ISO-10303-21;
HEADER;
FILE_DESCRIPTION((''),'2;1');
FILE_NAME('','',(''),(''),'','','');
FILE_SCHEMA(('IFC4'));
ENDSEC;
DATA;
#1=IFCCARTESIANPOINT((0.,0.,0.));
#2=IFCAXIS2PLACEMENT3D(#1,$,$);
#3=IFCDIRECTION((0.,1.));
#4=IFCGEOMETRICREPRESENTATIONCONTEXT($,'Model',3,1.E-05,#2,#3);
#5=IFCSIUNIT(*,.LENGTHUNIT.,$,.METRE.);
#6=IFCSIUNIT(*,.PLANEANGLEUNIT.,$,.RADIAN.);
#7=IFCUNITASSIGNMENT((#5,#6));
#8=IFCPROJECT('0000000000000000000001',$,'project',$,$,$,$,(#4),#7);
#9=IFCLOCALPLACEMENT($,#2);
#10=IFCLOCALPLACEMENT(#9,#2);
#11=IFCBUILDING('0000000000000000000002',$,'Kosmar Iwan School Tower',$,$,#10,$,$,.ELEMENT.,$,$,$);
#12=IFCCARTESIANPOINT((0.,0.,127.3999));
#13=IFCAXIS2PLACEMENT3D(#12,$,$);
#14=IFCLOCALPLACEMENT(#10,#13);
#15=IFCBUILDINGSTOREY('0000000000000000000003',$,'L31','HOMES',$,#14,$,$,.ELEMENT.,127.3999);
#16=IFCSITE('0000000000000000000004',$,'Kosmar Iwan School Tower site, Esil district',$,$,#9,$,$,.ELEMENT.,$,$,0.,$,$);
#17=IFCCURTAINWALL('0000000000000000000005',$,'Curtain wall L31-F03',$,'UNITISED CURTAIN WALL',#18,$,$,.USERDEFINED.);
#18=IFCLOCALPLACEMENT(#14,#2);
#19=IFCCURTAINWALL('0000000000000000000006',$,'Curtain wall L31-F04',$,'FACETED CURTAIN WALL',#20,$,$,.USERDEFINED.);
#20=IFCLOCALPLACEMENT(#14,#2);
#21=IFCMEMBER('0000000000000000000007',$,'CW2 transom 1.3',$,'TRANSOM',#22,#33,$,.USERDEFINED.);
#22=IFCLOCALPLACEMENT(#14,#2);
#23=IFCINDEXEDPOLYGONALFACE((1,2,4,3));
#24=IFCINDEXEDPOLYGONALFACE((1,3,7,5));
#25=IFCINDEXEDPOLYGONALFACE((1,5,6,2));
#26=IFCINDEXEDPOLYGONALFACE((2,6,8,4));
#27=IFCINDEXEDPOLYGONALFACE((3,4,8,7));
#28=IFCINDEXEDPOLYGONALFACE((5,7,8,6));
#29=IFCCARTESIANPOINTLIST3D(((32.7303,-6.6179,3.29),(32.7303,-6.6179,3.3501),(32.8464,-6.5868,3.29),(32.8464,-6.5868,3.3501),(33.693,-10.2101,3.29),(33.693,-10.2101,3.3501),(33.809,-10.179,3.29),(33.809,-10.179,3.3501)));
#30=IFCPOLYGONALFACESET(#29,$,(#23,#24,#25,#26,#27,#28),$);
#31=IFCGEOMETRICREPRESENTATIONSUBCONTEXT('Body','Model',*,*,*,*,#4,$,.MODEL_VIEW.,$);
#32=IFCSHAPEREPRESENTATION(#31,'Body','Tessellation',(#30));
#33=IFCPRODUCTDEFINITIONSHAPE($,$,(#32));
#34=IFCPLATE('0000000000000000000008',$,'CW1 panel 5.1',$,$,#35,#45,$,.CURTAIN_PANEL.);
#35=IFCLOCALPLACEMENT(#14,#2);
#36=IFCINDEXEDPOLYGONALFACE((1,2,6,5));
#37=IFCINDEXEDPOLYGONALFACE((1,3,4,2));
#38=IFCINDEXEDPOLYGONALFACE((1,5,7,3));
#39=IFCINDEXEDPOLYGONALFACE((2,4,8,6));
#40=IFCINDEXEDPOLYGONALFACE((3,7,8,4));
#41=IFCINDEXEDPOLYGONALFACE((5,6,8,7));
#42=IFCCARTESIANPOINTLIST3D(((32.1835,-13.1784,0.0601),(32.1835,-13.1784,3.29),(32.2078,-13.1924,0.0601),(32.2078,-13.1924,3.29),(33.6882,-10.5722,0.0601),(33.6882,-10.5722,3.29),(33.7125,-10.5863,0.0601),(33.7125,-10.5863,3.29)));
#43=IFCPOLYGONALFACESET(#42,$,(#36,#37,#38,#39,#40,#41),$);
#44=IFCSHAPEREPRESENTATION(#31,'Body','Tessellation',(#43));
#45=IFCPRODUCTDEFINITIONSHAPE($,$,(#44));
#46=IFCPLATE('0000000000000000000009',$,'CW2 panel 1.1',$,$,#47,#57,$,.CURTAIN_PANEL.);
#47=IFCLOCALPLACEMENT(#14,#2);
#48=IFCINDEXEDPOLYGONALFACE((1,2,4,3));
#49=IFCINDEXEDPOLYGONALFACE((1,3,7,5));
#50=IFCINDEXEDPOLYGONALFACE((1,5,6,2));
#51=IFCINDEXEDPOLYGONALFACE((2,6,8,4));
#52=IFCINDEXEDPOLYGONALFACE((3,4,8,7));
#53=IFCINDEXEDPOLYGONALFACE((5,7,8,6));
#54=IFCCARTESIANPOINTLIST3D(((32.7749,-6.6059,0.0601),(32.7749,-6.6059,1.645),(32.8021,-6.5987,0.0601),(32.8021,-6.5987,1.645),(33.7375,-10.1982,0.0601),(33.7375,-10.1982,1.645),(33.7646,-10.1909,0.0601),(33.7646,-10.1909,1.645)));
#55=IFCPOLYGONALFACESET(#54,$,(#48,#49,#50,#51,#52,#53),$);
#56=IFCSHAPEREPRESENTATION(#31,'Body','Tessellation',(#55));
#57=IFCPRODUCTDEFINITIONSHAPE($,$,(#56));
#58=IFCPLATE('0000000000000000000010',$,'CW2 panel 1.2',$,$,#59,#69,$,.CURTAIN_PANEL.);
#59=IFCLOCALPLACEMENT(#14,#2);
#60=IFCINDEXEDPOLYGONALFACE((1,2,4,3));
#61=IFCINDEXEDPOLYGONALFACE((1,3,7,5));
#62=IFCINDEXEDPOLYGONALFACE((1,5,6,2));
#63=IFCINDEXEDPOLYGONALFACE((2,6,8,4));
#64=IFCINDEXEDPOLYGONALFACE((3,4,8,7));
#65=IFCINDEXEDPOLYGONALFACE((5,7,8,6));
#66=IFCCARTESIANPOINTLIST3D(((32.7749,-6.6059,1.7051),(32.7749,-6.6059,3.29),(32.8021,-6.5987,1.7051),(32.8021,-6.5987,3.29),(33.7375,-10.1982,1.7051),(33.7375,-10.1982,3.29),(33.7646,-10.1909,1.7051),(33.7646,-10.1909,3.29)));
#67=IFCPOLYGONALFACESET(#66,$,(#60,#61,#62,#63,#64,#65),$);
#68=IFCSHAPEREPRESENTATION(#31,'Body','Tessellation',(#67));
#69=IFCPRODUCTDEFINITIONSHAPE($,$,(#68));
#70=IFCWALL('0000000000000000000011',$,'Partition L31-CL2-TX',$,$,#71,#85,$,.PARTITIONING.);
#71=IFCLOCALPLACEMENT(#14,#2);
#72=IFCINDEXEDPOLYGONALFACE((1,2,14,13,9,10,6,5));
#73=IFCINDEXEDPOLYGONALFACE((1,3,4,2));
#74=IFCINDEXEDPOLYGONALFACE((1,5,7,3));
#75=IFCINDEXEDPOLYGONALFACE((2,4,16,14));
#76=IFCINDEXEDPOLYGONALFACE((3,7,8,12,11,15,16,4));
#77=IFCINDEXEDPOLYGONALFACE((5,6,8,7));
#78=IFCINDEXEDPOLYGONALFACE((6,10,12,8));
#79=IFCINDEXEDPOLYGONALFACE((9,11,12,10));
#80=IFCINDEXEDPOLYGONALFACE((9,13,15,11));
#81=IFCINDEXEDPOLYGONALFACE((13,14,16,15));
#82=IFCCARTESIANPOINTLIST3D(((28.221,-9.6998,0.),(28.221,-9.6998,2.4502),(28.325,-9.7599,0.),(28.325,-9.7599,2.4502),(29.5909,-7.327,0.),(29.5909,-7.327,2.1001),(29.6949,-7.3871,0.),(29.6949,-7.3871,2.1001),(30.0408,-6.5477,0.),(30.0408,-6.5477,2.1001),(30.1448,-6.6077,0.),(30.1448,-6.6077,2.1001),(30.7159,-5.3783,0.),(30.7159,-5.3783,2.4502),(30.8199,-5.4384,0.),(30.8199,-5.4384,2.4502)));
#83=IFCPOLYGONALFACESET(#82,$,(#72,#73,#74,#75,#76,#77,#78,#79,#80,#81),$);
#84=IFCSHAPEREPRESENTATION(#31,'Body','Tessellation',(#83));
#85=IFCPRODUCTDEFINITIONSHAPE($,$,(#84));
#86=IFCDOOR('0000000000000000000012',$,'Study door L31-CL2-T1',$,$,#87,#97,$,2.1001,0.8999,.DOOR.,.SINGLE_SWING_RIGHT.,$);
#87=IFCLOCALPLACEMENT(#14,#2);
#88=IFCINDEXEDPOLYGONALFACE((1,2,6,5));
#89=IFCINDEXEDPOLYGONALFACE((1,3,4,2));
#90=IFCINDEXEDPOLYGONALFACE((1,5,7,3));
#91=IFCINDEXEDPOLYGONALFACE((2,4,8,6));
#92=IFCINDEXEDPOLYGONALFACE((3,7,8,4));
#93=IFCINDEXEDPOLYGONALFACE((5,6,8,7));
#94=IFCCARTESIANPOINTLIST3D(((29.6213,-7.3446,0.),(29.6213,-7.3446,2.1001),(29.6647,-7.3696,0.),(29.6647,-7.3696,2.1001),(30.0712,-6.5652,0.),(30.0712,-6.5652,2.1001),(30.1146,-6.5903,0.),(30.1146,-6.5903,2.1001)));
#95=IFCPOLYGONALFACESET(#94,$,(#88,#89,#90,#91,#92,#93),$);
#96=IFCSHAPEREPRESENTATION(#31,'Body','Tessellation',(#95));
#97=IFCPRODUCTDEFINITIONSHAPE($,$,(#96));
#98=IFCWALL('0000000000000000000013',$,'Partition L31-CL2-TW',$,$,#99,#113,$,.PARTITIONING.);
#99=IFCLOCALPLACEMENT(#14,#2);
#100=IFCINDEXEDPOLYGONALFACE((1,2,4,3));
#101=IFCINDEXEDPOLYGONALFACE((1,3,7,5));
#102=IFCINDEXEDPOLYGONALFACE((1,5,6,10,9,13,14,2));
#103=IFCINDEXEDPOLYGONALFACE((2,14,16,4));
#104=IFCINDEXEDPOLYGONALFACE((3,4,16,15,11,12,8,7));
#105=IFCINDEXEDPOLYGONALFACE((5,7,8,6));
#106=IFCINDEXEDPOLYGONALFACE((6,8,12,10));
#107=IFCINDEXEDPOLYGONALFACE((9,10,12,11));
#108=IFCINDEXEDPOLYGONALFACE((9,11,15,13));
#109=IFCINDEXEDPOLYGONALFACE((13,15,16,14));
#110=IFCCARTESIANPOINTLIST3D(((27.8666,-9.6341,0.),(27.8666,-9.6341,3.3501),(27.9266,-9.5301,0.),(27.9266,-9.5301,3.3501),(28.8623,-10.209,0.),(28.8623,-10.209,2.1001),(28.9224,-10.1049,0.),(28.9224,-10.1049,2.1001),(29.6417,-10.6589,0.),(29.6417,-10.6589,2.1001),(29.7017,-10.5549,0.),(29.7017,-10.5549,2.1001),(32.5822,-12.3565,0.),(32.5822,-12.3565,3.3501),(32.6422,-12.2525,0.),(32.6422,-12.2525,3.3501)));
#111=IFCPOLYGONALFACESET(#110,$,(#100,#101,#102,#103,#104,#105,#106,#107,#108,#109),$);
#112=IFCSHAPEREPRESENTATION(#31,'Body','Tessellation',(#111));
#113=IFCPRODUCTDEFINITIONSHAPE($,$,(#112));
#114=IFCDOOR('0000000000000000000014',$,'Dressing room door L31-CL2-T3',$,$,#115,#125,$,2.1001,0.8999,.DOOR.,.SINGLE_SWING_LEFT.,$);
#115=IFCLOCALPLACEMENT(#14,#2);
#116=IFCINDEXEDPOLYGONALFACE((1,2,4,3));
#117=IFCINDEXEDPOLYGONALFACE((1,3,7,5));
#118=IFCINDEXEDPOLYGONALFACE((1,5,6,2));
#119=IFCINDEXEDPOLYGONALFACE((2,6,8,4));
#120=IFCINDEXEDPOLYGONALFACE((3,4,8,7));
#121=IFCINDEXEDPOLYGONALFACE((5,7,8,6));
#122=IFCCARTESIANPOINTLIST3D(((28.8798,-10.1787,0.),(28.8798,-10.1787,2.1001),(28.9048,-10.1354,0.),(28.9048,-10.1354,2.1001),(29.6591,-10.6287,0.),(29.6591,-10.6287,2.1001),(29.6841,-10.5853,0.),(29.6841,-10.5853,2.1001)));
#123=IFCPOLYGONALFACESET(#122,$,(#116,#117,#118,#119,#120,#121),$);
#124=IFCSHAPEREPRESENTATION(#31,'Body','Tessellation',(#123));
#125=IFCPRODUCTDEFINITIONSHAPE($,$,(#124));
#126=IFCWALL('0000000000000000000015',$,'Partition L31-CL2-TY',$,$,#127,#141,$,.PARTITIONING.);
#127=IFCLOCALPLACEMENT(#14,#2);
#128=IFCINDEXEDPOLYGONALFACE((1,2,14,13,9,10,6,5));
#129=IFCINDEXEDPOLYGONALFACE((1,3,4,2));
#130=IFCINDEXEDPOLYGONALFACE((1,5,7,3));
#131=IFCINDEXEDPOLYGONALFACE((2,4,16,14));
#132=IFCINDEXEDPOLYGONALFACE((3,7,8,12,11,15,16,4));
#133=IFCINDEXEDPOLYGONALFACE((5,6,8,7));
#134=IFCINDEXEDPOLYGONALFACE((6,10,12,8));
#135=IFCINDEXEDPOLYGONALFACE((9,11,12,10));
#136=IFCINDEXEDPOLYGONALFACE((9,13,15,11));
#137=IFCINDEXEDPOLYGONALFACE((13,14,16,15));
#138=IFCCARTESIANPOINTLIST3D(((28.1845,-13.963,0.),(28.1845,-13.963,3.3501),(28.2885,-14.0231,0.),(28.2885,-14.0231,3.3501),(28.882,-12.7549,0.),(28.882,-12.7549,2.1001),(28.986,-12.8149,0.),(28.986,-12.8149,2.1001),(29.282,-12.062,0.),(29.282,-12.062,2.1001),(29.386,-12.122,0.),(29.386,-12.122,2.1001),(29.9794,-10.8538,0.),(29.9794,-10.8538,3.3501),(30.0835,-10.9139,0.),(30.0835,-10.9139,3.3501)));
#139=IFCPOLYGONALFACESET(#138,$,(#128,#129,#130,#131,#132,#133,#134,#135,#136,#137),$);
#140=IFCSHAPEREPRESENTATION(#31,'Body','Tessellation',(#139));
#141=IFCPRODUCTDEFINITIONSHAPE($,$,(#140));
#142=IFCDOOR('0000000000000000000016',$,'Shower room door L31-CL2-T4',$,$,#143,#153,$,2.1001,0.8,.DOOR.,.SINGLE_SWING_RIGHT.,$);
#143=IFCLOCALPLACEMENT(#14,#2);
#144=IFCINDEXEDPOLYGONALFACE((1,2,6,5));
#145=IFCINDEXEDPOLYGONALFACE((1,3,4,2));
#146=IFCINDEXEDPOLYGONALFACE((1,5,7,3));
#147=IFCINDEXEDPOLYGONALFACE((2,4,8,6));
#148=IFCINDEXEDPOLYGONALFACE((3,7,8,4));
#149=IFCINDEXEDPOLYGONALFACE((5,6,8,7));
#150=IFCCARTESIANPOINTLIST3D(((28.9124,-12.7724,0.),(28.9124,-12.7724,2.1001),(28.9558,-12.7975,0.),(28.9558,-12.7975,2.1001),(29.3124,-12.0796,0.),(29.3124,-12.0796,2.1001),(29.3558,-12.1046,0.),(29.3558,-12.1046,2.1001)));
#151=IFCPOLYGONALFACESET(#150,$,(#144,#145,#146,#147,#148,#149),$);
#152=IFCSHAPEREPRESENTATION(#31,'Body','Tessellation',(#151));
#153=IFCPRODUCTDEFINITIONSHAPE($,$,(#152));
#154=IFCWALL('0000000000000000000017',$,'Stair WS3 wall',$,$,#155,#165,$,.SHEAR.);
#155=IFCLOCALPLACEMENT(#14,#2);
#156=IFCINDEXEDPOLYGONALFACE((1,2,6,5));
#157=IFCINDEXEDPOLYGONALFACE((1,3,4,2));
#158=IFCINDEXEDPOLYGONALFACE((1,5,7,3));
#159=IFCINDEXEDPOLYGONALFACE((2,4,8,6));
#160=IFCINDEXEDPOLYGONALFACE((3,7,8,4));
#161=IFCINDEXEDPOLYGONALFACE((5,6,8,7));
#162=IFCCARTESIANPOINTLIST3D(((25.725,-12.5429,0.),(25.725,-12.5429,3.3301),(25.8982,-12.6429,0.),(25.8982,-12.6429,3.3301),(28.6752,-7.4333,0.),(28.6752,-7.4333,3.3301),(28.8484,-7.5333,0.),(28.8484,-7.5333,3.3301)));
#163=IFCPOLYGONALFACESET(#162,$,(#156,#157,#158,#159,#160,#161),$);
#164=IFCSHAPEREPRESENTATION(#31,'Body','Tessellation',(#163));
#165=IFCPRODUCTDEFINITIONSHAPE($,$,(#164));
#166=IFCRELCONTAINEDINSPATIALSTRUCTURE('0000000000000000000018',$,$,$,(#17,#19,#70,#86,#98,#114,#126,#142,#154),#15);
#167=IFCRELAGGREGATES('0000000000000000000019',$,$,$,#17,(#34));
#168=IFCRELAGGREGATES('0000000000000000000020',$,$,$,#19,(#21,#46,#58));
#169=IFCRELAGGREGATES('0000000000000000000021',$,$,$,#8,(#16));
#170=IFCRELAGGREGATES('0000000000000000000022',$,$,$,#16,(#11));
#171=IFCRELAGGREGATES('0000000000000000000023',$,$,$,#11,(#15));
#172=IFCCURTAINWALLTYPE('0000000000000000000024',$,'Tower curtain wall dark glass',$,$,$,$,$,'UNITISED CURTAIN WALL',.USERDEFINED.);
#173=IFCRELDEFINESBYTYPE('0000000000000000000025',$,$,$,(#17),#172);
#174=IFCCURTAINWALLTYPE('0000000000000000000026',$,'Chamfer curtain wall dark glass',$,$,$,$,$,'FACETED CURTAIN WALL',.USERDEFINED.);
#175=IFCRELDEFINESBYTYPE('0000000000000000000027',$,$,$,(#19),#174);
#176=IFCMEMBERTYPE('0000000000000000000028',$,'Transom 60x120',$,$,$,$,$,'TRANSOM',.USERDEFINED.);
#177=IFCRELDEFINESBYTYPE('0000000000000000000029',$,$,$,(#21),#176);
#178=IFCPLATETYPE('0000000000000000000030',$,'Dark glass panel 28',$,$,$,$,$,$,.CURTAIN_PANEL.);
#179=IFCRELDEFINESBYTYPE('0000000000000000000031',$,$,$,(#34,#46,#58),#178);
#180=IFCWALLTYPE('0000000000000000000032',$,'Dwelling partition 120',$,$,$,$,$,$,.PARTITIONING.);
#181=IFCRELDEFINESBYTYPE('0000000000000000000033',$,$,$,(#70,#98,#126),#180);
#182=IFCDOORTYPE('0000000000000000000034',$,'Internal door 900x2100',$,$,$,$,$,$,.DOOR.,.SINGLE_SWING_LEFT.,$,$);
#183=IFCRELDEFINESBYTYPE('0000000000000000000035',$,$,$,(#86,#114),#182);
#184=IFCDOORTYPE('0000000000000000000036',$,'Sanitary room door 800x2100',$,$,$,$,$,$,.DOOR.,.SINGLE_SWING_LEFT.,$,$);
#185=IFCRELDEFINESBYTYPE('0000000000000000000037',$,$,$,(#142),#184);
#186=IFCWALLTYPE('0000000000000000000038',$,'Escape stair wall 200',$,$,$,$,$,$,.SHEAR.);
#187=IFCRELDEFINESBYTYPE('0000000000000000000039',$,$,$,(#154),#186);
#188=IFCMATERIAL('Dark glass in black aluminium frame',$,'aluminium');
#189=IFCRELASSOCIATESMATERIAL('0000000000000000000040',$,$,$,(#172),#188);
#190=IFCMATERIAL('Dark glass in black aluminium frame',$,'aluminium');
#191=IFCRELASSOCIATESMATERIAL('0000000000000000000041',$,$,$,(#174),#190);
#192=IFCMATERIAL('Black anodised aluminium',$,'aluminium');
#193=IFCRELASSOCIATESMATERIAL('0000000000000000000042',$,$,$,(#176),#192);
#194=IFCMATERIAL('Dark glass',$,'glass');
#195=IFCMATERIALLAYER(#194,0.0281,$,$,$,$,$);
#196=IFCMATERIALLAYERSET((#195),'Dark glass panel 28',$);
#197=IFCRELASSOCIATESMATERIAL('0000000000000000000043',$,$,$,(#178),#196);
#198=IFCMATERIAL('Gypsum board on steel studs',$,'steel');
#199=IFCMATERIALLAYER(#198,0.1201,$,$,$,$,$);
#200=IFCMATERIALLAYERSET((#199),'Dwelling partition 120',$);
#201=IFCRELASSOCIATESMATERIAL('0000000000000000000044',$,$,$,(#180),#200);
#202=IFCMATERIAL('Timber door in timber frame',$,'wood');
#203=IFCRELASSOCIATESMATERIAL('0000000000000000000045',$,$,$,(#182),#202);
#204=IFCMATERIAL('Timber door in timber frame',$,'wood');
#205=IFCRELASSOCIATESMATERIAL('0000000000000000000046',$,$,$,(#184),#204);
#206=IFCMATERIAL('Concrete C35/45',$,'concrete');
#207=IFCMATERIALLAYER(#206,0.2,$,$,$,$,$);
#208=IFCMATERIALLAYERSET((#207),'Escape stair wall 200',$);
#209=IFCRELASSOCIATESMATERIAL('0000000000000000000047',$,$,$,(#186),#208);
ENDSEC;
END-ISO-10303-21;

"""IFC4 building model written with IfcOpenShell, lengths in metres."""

from ifc_helpers import new_model, si_unit, direction, frame, frame_2d, origin, origin_2d, place, context, subcontext, project, spatial, rectangle, extrude, material, layer, layer_set, material_profile, profile_set, type_object, element, fill, aggregate, save


model = new_model("IFC4")

# Units and contexts
model_context = context("Model", 3, precision=1e-05, world=origin(), true_north=direction((0.0, 1.0)))
body_context = subcontext(model_context, "Body", "Model", "MODEL_VIEW")
ifc_project = project(units=[si_unit("LENGTHUNIT", "METRE"), si_unit("PLANEANGLEUNIT", "RADIAN")], contexts=[model_context])

# Site, building, storey
site_placement = place(None, origin())
site = spatial("IfcSite", under=ifc_project, at=site_placement, Name="Kosmar Iwan School Tower site, Esil district", CompositionType="ELEMENT", RefElevation=0.0)
building_placement = place(site_placement, origin())
building = spatial("IfcBuilding", under=site, at=building_placement, Name="Kosmar Iwan School Tower", CompositionType="ELEMENT")
storey_placement = place(building_placement, frame((0.0, 0.0, 127.3999)))
storey = spatial("IfcBuildingStorey", under=building, at=storey_placement, Name="L31", Description="HOMES", CompositionType="ELEMENT", Elevation=127.3999)

# Curtain walls
ifc_material_1 = material(Name="Dark glass in black aluminium frame", Category="aluminium")
curtain_wall_type_1 = type_object("IfcCurtainWallType", Name="Tower curtain wall dark glass", ElementType="UNITISED CURTAIN WALL", PredefinedType="USERDEFINED", material=ifc_material_1)
curtain_wall_1_placement = place(storey_placement, origin())
curtain_wall_1 = element("IfcCurtainWall", 1, at=curtain_wall_1_placement, inside=storey, type_object=curtain_wall_type_1, Name="Curtain wall L31-F03", ObjectType="UNITISED CURTAIN WALL", PredefinedType="USERDEFINED")
ifc_material_2 = material(Name="Dark glass in black aluminium frame", Category="aluminium")
curtain_wall_type_2 = type_object("IfcCurtainWallType", Name="Chamfer curtain wall dark glass", ElementType="FACETED CURTAIN WALL", PredefinedType="USERDEFINED", material=ifc_material_2)
curtain_wall_2_placement = place(storey_placement, origin())
curtain_wall_2 = element("IfcCurtainWall", 2, at=curtain_wall_2_placement, inside=storey, type_object=curtain_wall_type_2, Name="Curtain wall L31-F04", ObjectType="FACETED CURTAIN WALL", PredefinedType="USERDEFINED")

# Member
ifc_material_3 = material(Name="Black anodised aluminium", Category="aluminium")
ifc_material_profile_1 = material_profile(ifc_material_3, rectangle(XDim=0.1201, YDim=0.0601, at=origin_2d()), Name="TRANSOM 60x120")
ifc_profile_set_1 = profile_set([ifc_material_profile_1], Name="Black anodised aluminium")
member_type_1 = type_object("IfcMemberType", Name="Transom 60x120", ElementType="TRANSOM", PredefinedType="USERDEFINED", material=ifc_profile_set_1)
member_1_placement = place(storey_placement, frame((33.751, -10.1946, 3.3201), z_axis=(-0.258843, 0.965919, 0.0), x_axis=(-0.965919, -0.258843, 0.0)))
member_1 = element("IfcMember", 3, at=member_1_placement, type_object=member_type_1, Name="CW2 transom 1.3", ObjectType="TRANSOM", PredefinedType="USERDEFINED", context=body_context, shape_type="SweptSolid", body=[
    extrude(rectangle(XDim=0.1201, YDim=0.0601, at=origin_2d()), origin(), (0.0, 0.0, 1.0), 3.719),
])

# Plates
ifc_material_4 = material(Name="Dark glass", Category="glass")
ifc_layer_1 = layer(ifc_material_4, 0.0281)
ifc_layer_set_1 = layer_set([ifc_layer_1], Name="Dark glass panel 28")
plate_type = type_object("IfcPlateType", Name="Dark glass panel 28", PredefinedType="CURTAIN_PANEL", material=ifc_layer_set_1)
plate_1_placement = place(storey_placement, frame((32.948, -11.8823, 0.0601), z_axis=(0.0, 0.0, 1.0), x_axis=(0.5, 0.866025, 0.0)))
plate_1 = element("IfcPlate", 4, at=plate_1_placement, type_object=plate_type, Name="CW1 panel 5.1", PredefinedType="CURTAIN_PANEL", context=body_context, shape_type="SweptSolid", body=[
    extrude(rectangle(XDim=3.0093, YDim=0.0281, at=origin_2d()), origin(), (0.0, 0.0, 1.0), 3.23),
])
aggregate(curtain_wall_1, [plate_1])
plate_2_placement = place(storey_placement, frame((33.2698, -8.3984, 0.0601), z_axis=(0.0, 0.0, 1.0), x_axis=(-0.258819, 0.965926, 0.0)))
plate_2 = element("IfcPlate", 5, at=plate_2_placement, type_object=plate_type, Name="CW2 panel 1.1", PredefinedType="CURTAIN_PANEL", context=body_context, shape_type="SweptSolid", body=[
    extrude(rectangle(XDim=3.719, YDim=0.0281, at=origin_2d()), origin(), (0.0, 0.0, 1.0), 1.585),
])
plate_3_placement = place(storey_placement, frame((33.2698, -8.3984, 1.7051), z_axis=(0.0, 0.0, 1.0), x_axis=(-0.258819, 0.965926, 0.0)))
plate_3 = element("IfcPlate", 6, at=plate_3_placement, type_object=plate_type, Name="CW2 panel 1.2", PredefinedType="CURTAIN_PANEL", context=body_context, shape_type="SweptSolid", body=[
    extrude(rectangle(XDim=3.719, YDim=0.0281, at=origin_2d()), origin(), (0.0, 0.0, 1.0), 1.585),
])
aggregate(curtain_wall_2, [member_1, plate_2, plate_3])

# Walls, openings, doors
ifc_material_5 = material(Name="Gypsum board on steel studs", Category="steel")
ifc_layer_2 = layer(ifc_material_5, 0.1201)
ifc_layer_set_2 = layer_set([ifc_layer_2], Name="Dwelling partition 120")
wall_type_1 = type_object("IfcWallType", Name="Dwelling partition 120", PredefinedType="PARTITIONING", material=ifc_layer_set_2)
wall_1_placement = place(storey_placement, frame((28.2729, -9.73, 0.0), z_axis=(0.0, 0.0, 1.0), x_axis=(0.499975, 0.86604, 0.0)))
wall_1 = element("IfcWall", 7, at=wall_1_placement, inside=storey, type_object=wall_type_1, Name="Partition L31-CL2-TX", PredefinedType="PARTITIONING", context=body_context, shape_type="SweptSolid", body=[
    extrude(rectangle(XDim=4.99, YDim=0.1201, at=frame_2d((2.4951, 0.0))), origin(), (0.0, 0.0, 1.0), 2.4502),
])
opening_1_placement = place(wall_1_placement, frame((2.74, 0.0, 0.0)))
opening_1 = element("IfcOpeningElement", 8, at=opening_1_placement, cuts=wall_1, PredefinedType="OPENING", context=body_context, shape_type="SweptSolid", body=[
    extrude(rectangle(XDim=0.8999, YDim=2.1001, at=frame_2d((0.45, 1.05))), frame((0.0, 0.072, 0.0), z_axis=(0.0, -1.0, 0.0), x_axis=(1.0, 0.0, 0.0)), (0.0, 0.0, 1.0), 0.144),
])
ifc_material_6 = material(Name="Timber door in timber frame", Category="wood")
door_type_1 = type_object("IfcDoorType", Name="Internal door 900x2100", OperationType="SINGLE_SWING_LEFT", PredefinedType="DOOR", material=ifc_material_6)
door_1_placement = place(opening_1_placement, origin())
door_1 = element("IfcDoor", 9, at=door_1_placement, inside=storey, type_object=door_type_1, Name="Study door L31-CL2-T1", OperationType="SINGLE_SWING_RIGHT", OverallHeight=2.1001, OverallWidth=0.8999, PredefinedType="DOOR", context=body_context, shape_type="SweptSolid", body=[
    extrude(rectangle(XDim=0.8999, YDim=2.1001, at=frame_2d((0.45, 1.05))), frame((0.0, 0.0249, 0.0), z_axis=(0.0, -1.0, 0.0), x_axis=(1.0, 0.0, 0.0)), (0.0, 0.0, 1.0), 0.05),
])
fill(opening_1, door_1)
wall_2_placement = place(storey_placement, frame((27.8965, -9.582, 0.0), z_axis=(0.0, 0.0, 1.0), x_axis=(0.866036, -0.499982, 0.0)))
wall_2 = element("IfcWall", 10, at=wall_2_placement, inside=storey, type_object=wall_type_1, Name="Partition L31-CL2-TW", PredefinedType="PARTITIONING", context=body_context, shape_type="SweptSolid", body=[
    extrude(rectangle(XDim=5.4451, YDim=0.1201, at=frame_2d((2.7227, 0.0))), origin(), (0.0, 0.0, 1.0), 3.3501),
])
opening_2_placement = place(wall_2_placement, frame((1.1499, 0.0, 0.0)))
opening_2 = element("IfcOpeningElement", 11, at=opening_2_placement, cuts=wall_2, PredefinedType="OPENING", context=body_context, shape_type="SweptSolid", body=[
    extrude(rectangle(XDim=0.8999, YDim=2.1001, at=frame_2d((0.45, 1.05))), frame((0.0, 0.072, 0.0), z_axis=(0.0, -1.0, 0.0), x_axis=(1.0, 0.0, 0.0)), (0.0, 0.0, 1.0), 0.144),
])
door_2_placement = place(opening_2_placement, origin())
door_2 = element("IfcDoor", 12, at=door_2_placement, inside=storey, type_object=door_type_1, Name="Dressing room door L31-CL2-T3", OperationType="SINGLE_SWING_LEFT", OverallHeight=2.1001, OverallWidth=0.8999, PredefinedType="DOOR", context=body_context, shape_type="SweptSolid", body=[
    extrude(rectangle(XDim=0.8999, YDim=2.1001, at=frame_2d((0.45, 1.05))), frame((0.0, 0.0249, 0.0), z_axis=(0.0, -1.0, 0.0), x_axis=(1.0, 0.0, 0.0)), (0.0, 0.0, 1.0), 0.05),
])
fill(opening_2, door_2)
wall_3_placement = place(storey_placement, frame((28.2366, -13.9929, 0.0), z_axis=(0.0, 0.0, 1.0), x_axis=(0.499972, 0.866042, 0.0)))
wall_3 = element("IfcWall", 13, at=wall_3_placement, inside=storey, type_object=wall_type_1, Name="Partition L31-CL2-TY", PredefinedType="PARTITIONING", context=body_context, shape_type="SweptSolid", body=[
    extrude(rectangle(XDim=3.5901, YDim=0.1201, at=frame_2d((1.7949, 0.0))), origin(), (0.0, 0.0, 1.0), 3.3501),
])
opening_3_placement = place(wall_3_placement, frame((1.395, 0.0, 0.0)))
opening_3 = element("IfcOpeningElement", 14, at=opening_3_placement, cuts=wall_3, PredefinedType="OPENING", context=body_context, shape_type="SweptSolid", body=[
    extrude(rectangle(XDim=0.8, YDim=2.1001, at=frame_2d((0.3999, 1.05))), frame((0.0, 0.072, 0.0), z_axis=(0.0, -1.0, 0.0), x_axis=(1.0, 0.0, 0.0)), (0.0, 0.0, 1.0), 0.144),
])
ifc_material_7 = material(Name="Timber door in timber frame", Category="wood")
door_type_2 = type_object("IfcDoorType", Name="Sanitary room door 800x2100", OperationType="SINGLE_SWING_LEFT", PredefinedType="DOOR", material=ifc_material_7)
door_3_placement = place(opening_3_placement, origin())
door_3 = element("IfcDoor", 15, at=door_3_placement, inside=storey, type_object=door_type_2, Name="Shower room door L31-CL2-T4", OperationType="SINGLE_SWING_RIGHT", OverallHeight=2.1001, OverallWidth=0.8, PredefinedType="DOOR", context=body_context, shape_type="SweptSolid", body=[
    extrude(rectangle(XDim=0.8, YDim=2.1001, at=frame_2d((0.3999, 1.05))), frame((0.0, 0.0249, 0.0), z_axis=(0.0, -1.0, 0.0), x_axis=(1.0, 0.0, 0.0)), (0.0, 0.0, 1.0), 0.05),
])
fill(opening_3, door_3)

# Wall
ifc_material_8 = material(Name="Concrete C35/45", Category="concrete")
ifc_layer_3 = layer(ifc_material_8, 0.2)
ifc_layer_set_3 = layer_set([ifc_layer_3], Name="Escape stair wall 200")
wall_type_2 = type_object("IfcWallType", Name="Escape stair wall 200", PredefinedType="SHEAR", material=ifc_layer_set_3)
wall_4_placement = place(storey_placement, frame((25.8115, -12.593, 0.0), z_axis=(0.0, 0.0, 1.0), x_axis=(0.50002, 0.866014, 0.0)))
element("IfcWall", 16, at=wall_4_placement, inside=storey, type_object=wall_type_2, Name="Stair WS3 wall", PredefinedType="SHEAR", context=body_context, shape_type="SweptSolid", body=[
    extrude(rectangle(XDim=5.9001, YDim=0.2, at=frame_2d((2.9502, 0.0))), origin(), (0.0, 0.0, 1.0), 3.3301),
])

save(model, "model.ifc")
